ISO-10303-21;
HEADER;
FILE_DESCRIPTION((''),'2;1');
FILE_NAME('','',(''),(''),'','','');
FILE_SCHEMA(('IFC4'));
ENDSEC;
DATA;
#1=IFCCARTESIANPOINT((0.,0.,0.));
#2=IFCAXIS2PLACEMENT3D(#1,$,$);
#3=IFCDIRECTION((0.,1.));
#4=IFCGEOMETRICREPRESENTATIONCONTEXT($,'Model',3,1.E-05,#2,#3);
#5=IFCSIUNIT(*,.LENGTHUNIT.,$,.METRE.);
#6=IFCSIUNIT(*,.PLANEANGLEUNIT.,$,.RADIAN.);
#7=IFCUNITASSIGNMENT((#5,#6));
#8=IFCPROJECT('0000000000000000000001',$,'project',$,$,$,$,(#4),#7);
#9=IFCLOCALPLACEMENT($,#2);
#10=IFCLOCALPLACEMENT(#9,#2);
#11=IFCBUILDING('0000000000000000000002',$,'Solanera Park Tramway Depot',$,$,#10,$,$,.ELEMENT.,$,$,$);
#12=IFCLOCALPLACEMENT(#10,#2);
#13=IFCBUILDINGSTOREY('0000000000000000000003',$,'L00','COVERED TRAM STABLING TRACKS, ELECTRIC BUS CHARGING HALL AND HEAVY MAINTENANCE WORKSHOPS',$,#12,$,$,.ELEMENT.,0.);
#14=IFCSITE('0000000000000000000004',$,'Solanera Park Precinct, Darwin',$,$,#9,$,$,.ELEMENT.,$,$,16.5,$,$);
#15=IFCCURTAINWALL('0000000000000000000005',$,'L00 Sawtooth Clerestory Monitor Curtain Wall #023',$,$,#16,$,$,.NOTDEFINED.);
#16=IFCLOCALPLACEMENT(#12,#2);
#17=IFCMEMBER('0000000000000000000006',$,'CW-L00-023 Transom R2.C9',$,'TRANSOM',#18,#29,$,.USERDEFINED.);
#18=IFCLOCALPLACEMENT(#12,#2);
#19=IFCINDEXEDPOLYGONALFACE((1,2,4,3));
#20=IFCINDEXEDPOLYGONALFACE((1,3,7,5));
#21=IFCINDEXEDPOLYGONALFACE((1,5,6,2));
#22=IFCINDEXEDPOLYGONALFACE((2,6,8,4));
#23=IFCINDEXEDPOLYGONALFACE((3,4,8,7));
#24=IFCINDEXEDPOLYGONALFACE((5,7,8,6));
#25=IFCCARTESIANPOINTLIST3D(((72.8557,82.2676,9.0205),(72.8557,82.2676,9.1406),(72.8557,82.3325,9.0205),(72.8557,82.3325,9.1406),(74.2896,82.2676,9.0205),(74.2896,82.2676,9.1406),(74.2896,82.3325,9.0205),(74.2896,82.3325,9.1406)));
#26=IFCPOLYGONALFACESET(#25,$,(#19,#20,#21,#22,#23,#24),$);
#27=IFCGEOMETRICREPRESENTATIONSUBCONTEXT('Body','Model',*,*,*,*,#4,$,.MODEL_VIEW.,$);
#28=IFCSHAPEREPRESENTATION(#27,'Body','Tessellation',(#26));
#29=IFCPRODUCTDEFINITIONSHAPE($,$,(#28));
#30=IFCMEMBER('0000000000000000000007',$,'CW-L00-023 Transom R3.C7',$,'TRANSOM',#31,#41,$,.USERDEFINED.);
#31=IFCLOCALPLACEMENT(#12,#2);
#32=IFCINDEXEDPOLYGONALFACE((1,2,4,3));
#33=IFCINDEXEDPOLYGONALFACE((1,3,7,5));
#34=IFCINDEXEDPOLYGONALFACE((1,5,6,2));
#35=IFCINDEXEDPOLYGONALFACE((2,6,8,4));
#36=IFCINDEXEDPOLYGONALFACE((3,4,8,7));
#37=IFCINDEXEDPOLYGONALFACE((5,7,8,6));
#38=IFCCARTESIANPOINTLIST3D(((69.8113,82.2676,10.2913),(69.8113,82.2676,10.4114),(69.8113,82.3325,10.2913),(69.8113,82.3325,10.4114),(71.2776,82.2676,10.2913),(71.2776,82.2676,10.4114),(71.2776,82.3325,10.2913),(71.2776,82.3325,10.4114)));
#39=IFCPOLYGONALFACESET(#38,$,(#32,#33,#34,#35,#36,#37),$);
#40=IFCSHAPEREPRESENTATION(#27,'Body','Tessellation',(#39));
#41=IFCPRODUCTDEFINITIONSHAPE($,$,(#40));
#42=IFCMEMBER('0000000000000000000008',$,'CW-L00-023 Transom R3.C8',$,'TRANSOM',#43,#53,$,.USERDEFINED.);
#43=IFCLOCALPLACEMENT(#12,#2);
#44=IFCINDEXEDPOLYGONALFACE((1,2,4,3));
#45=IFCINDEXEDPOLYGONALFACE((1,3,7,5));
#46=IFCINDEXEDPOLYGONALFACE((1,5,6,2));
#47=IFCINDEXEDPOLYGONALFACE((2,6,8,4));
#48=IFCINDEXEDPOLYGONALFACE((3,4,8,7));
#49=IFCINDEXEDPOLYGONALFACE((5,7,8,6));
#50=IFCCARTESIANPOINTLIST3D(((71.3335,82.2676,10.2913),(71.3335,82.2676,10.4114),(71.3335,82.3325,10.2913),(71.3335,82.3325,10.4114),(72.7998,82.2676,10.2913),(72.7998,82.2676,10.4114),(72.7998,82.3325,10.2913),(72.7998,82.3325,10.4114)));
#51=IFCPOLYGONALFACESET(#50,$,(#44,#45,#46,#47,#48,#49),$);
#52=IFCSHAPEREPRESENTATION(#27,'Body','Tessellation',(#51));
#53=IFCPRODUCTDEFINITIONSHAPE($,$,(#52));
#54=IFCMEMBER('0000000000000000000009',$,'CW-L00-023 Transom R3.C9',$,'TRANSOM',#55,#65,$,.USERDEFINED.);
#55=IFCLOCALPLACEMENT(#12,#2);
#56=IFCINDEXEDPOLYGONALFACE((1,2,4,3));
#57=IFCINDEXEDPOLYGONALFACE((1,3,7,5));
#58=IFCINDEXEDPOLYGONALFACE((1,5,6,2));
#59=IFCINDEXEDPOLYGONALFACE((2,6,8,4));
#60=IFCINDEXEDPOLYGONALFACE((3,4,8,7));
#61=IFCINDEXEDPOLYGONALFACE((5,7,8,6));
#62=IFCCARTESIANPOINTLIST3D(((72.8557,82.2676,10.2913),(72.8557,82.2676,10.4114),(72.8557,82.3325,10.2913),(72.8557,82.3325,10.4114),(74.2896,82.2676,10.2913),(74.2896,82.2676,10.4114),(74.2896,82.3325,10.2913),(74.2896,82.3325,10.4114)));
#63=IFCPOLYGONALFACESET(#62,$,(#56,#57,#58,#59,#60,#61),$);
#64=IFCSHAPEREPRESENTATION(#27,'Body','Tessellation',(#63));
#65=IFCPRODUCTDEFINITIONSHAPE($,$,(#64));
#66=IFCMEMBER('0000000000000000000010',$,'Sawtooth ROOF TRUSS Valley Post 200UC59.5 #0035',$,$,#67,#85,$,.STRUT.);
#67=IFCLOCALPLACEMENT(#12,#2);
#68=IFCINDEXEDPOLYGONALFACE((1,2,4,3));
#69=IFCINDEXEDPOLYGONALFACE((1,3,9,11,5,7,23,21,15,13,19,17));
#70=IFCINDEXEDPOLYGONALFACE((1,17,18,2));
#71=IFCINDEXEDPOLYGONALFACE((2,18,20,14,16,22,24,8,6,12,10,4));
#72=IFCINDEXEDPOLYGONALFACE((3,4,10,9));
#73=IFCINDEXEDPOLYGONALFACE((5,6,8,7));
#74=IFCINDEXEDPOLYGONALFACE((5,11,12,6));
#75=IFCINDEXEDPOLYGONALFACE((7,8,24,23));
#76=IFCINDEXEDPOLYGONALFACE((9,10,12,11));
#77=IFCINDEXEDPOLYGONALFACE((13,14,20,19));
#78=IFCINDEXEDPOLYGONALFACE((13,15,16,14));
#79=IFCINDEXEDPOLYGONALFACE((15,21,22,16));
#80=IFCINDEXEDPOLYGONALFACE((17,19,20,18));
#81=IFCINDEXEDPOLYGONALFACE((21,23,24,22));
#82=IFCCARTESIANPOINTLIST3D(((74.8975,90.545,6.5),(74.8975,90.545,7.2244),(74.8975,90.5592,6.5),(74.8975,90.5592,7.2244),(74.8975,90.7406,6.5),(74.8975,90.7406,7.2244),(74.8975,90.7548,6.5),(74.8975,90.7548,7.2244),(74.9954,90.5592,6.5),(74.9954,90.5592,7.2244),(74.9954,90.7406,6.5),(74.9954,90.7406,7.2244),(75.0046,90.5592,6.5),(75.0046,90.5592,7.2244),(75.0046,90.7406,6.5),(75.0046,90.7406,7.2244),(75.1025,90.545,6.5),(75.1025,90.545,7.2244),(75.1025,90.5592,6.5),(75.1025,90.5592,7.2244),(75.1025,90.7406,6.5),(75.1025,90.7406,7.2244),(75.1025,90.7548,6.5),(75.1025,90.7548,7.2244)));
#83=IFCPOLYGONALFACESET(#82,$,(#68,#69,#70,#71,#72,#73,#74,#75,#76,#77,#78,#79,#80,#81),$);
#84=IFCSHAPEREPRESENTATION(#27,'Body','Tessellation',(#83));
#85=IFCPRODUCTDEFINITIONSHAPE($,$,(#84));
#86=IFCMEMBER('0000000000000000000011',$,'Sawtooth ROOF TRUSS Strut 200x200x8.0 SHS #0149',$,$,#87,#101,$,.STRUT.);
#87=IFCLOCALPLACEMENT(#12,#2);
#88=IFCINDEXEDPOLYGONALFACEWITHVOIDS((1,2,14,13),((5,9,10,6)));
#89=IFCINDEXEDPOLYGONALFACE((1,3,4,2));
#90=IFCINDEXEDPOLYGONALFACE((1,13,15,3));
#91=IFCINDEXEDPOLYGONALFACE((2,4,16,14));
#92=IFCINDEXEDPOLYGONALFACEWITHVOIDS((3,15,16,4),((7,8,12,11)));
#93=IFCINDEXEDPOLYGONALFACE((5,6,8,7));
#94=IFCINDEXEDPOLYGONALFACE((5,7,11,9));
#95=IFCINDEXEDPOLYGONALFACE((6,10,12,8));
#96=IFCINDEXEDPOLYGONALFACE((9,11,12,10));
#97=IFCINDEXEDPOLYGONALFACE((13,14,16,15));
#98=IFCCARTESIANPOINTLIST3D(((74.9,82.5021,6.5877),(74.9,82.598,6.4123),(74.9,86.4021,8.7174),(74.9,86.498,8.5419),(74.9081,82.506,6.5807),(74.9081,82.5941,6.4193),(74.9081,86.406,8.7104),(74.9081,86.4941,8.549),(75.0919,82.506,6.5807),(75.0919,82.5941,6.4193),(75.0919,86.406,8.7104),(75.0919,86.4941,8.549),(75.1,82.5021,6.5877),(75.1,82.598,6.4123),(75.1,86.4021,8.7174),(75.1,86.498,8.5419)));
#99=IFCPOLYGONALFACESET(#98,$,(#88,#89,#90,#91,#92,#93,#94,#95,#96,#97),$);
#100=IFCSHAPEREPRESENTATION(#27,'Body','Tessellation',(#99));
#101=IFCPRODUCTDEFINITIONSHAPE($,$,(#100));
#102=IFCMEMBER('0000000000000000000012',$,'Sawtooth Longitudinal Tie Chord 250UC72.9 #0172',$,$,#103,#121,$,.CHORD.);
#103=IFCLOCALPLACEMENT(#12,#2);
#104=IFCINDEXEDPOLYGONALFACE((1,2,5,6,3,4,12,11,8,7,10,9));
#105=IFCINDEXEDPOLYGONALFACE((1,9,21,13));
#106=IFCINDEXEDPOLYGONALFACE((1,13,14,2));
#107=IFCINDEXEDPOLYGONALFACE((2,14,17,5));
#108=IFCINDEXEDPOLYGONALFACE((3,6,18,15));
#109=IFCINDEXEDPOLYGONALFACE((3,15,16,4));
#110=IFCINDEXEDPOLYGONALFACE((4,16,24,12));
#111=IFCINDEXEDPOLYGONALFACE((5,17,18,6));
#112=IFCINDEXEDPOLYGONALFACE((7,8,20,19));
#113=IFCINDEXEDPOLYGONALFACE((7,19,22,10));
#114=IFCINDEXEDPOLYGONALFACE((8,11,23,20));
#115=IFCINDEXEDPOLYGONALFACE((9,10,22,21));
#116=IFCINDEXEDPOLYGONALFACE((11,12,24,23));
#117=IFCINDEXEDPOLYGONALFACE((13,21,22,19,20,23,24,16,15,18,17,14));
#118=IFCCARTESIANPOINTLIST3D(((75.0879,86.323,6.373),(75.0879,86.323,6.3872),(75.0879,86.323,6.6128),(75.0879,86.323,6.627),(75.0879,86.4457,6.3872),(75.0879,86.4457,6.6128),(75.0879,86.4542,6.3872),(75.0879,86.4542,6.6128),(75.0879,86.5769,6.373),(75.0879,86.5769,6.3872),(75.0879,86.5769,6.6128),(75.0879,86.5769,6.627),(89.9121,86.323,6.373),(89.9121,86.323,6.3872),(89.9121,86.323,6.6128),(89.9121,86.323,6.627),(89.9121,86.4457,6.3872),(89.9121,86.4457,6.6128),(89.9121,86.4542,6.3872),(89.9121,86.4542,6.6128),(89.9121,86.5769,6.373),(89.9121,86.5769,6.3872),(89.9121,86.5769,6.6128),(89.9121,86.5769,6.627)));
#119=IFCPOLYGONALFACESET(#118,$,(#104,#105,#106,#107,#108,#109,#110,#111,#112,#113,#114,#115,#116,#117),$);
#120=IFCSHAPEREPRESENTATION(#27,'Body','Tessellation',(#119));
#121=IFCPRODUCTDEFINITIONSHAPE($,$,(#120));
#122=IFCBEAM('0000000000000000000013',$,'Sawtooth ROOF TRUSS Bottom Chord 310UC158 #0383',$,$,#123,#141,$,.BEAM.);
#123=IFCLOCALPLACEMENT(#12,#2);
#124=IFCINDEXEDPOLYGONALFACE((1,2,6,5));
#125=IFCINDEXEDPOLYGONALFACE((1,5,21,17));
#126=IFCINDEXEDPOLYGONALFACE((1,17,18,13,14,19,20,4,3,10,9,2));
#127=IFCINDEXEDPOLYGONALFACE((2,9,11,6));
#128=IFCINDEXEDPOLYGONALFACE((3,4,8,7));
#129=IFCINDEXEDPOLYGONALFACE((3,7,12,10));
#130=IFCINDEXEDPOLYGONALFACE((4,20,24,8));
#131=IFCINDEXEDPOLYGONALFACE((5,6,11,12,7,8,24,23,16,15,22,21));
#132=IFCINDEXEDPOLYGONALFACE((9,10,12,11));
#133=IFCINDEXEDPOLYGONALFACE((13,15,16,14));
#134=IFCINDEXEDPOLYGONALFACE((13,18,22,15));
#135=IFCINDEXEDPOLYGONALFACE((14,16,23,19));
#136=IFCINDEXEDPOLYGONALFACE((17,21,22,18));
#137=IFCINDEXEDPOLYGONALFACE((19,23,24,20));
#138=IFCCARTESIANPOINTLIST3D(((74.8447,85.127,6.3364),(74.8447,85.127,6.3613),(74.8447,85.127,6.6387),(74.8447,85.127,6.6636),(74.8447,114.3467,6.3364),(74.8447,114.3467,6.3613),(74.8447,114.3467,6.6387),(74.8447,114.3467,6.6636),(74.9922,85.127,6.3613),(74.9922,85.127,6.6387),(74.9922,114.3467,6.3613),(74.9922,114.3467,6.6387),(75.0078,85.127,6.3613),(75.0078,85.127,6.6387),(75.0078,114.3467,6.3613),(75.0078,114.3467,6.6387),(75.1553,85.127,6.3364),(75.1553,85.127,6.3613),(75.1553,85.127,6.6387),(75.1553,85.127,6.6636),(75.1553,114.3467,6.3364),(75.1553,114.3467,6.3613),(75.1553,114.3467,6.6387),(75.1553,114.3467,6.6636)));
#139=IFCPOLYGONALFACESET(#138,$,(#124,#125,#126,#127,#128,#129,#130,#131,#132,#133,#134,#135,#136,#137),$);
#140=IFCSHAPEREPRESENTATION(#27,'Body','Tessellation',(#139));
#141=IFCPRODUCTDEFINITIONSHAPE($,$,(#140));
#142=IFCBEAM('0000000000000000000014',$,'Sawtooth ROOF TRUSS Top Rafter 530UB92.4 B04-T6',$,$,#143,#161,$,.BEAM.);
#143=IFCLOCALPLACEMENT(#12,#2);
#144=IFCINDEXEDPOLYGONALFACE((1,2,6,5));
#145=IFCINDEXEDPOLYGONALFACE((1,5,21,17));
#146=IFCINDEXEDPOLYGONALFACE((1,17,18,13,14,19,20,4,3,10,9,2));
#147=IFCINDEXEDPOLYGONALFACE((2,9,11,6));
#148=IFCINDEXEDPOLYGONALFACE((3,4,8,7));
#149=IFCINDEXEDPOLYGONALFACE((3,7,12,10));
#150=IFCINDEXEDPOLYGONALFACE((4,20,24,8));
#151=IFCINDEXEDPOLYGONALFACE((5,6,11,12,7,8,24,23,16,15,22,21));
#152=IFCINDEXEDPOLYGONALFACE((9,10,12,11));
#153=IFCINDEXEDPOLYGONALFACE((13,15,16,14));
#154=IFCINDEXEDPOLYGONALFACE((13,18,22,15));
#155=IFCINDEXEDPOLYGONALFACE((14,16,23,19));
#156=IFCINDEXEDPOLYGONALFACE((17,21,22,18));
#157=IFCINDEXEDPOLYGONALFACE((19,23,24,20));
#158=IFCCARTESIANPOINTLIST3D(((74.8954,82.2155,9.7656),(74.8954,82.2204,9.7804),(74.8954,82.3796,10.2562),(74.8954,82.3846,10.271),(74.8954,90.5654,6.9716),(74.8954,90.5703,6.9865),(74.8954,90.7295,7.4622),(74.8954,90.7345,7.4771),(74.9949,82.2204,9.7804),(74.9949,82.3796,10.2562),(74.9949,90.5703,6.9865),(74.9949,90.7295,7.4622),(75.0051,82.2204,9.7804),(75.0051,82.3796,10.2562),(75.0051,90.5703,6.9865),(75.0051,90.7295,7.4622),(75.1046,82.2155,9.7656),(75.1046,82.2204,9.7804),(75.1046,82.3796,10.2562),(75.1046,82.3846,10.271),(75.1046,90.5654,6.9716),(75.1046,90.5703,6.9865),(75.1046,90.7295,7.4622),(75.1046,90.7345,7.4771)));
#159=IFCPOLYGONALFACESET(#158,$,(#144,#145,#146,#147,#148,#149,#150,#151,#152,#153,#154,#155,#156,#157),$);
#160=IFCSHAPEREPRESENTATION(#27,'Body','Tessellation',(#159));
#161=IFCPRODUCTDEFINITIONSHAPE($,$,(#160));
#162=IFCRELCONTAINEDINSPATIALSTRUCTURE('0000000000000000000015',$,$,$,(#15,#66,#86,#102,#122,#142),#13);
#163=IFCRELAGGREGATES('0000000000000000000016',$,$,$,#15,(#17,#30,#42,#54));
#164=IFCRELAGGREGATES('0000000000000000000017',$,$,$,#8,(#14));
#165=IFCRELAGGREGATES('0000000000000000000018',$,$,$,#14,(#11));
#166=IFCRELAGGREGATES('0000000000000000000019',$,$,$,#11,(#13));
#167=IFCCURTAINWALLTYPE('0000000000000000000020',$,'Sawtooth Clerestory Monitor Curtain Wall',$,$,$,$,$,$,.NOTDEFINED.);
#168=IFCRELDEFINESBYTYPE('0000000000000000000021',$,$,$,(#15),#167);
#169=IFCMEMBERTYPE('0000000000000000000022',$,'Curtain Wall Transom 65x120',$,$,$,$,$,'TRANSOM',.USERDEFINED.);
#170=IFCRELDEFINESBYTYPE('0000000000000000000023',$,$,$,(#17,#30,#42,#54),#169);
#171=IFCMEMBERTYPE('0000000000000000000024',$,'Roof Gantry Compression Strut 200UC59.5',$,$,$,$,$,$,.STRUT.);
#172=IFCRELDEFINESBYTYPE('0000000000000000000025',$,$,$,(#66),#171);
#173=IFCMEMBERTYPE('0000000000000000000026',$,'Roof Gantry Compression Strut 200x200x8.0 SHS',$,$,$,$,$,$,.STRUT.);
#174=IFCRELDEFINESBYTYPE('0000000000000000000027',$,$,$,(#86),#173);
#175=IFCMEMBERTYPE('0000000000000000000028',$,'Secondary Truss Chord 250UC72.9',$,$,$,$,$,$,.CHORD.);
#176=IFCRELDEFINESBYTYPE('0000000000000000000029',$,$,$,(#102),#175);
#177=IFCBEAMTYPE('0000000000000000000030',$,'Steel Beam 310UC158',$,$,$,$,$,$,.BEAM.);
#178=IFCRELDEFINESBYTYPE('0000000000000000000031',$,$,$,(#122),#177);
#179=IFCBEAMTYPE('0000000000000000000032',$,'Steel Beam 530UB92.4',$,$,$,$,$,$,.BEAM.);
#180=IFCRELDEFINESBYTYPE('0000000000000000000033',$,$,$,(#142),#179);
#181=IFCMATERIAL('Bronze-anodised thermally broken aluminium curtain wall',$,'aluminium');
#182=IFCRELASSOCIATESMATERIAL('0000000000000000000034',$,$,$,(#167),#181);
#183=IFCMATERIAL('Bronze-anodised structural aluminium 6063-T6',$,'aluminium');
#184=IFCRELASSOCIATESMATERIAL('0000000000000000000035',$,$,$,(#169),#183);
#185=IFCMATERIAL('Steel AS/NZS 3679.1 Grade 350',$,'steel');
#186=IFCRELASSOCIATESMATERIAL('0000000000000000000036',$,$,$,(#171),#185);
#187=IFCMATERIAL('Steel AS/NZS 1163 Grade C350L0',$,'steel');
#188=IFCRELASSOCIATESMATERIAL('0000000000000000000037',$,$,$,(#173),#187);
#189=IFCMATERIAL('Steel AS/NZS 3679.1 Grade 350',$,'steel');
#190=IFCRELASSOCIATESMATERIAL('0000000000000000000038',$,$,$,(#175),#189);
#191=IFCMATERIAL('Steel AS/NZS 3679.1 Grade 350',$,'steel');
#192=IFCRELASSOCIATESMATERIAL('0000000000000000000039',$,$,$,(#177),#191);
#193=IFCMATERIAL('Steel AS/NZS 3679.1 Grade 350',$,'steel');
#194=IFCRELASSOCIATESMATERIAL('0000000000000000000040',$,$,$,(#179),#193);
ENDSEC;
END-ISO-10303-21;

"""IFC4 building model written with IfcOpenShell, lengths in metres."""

from ifc_helpers import new_model, si_unit, direction, frame, origin, origin_2d, place, context, subcontext, project, spatial, rectangle, hollow_rectangle, i_section, extrude, material, material_profile, profile_set, type_object, element, aggregate, save


model = new_model("IFC4")

# Units and contexts
model_context = context("Model", 3, precision=1e-05, world=origin(), true_north=direction((0.0, 1.0)))
body_context = subcontext(model_context, "Body", "Model", "MODEL_VIEW")
ifc_project = project(units=[si_unit("LENGTHUNIT", "METRE"), si_unit("PLANEANGLEUNIT", "RADIAN")], contexts=[model_context])

# Site, building, storey
site_placement = place(None, origin())
site = spatial("IfcSite", under=ifc_project, at=site_placement, Name="Solanera Park Precinct, Darwin", CompositionType="ELEMENT", RefElevation=16.5)
building_placement = place(site_placement, origin())
building = spatial("IfcBuilding", under=site, at=building_placement, Name="Solanera Park Tramway Depot", CompositionType="ELEMENT")
storey_placement = place(building_placement, origin())
storey = spatial("IfcBuildingStorey", under=building, at=storey_placement, Name="L00", Description="COVERED TRAM STABLING TRACKS, ELECTRIC BUS CHARGING HALL AND HEAVY MAINTENANCE WORKSHOPS", CompositionType="ELEMENT", Elevation=0.0)

# Curtain wall, members
ifc_material_1 = material(Name="Bronze-anodised thermally broken aluminium curtain wall", Category="aluminium")
curtain_wall_type = type_object("IfcCurtainWallType", Name="Sawtooth Clerestory Monitor Curtain Wall", PredefinedType="NOTDEFINED", material=ifc_material_1)
curtain_wall_placement = place(storey_placement, origin())
curtain_wall = element("IfcCurtainWall", 1, at=curtain_wall_placement, inside=storey, type_object=curtain_wall_type, Name="L00 Sawtooth Clerestory Monitor Curtain Wall #023", PredefinedType="NOTDEFINED")
ifc_material_2 = material(Name="Bronze-anodised structural aluminium 6063-T6", Category="aluminium")
ifc_material_profile_1 = material_profile(ifc_material_2, rectangle(XDim=0.0649, YDim=0.1201, at=origin_2d()), Name="Curtain Wall Transom 65x120")
ifc_profile_set_1 = profile_set([ifc_material_profile_1], Name="Bronze-anodised structural aluminium 6063-T6")
member_type_1 = type_object("IfcMemberType", Name="Curtain Wall Transom 65x120", ElementType="TRANSOM", PredefinedType="USERDEFINED", material=ifc_profile_set_1)
member_1_placement = place(storey_placement, frame((72.8557, 82.3, 9.0806), z_axis=(1.0, 0.0, 0.0), x_axis=(0.0, 1.0, 0.0)))
member_1 = element("IfcMember", 2, at=member_1_placement, type_object=member_type_1, Name="CW-L00-023 Transom R2.C9", ObjectType="TRANSOM", PredefinedType="USERDEFINED", context=body_context, shape_type="SweptSolid", body=[
    extrude(rectangle(XDim=0.0649, YDim=0.1201, at=origin_2d()), origin(), (0.0, 0.0, 1.0), 1.4338),
])
member_2_placement = place(storey_placement, frame((69.8113, 82.3, 10.3513), z_axis=(1.0, 0.0, 0.0), x_axis=(0.0, 1.0, 0.0)))
member_2 = element("IfcMember", 3, at=member_2_placement, type_object=member_type_1, Name="CW-L00-023 Transom R3.C7", ObjectType="TRANSOM", PredefinedType="USERDEFINED", context=body_context, shape_type="SweptSolid", body=[
    extrude(rectangle(XDim=0.0649, YDim=0.1201, at=origin_2d()), origin(), (0.0, 0.0, 1.0), 1.4663),
])
member_3_placement = place(storey_placement, frame((71.3335, 82.3, 10.3513), z_axis=(1.0, 0.0, 0.0), x_axis=(0.0, 1.0, 0.0)))
member_3 = element("IfcMember", 4, at=member_3_placement, type_object=member_type_1, Name="CW-L00-023 Transom R3.C8", ObjectType="TRANSOM", PredefinedType="USERDEFINED", context=body_context, shape_type="SweptSolid", body=[
    extrude(rectangle(XDim=0.0649, YDim=0.1201, at=origin_2d()), origin(), (0.0, 0.0, 1.0), 1.4663),
])
member_4_placement = place(storey_placement, frame((72.8557, 82.3, 10.3513), z_axis=(1.0, 0.0, 0.0), x_axis=(0.0, 1.0, 0.0)))
member_4 = element("IfcMember", 5, at=member_4_placement, type_object=member_type_1, Name="CW-L00-023 Transom R3.C9", ObjectType="TRANSOM", PredefinedType="USERDEFINED", context=body_context, shape_type="SweptSolid", body=[
    extrude(rectangle(XDim=0.0649, YDim=0.1201, at=origin_2d()), origin(), (0.0, 0.0, 1.0), 1.4338),
])

# Members
ifc_material_3 = material(Name="Steel AS/NZS 3679.1 Grade 350", Category="steel")
ifc_material_profile_2 = material_profile(ifc_material_3, i_section(OverallWidth=0.2051, OverallDepth=0.2097, WebThickness=0.0093, FlangeThickness=0.0142, at=origin_2d()), Name="200UC59.5")
ifc_profile_set_2 = profile_set([ifc_material_profile_2], Name="Steel AS/NZS 3679.1 Grade 350")
member_type_2 = type_object("IfcMemberType", Name="Roof Gantry Compression Strut 200UC59.5", PredefinedType="STRUT", material=ifc_profile_set_2)
member_5_placement = place(storey_placement, frame((75.0, 90.6499, 6.5), z_axis=(0.0, 0.0, 1.0), x_axis=(1.0, 0.0, 0.0)))
element("IfcMember", 6, at=member_5_placement, inside=storey, type_object=member_type_2, Name="Sawtooth ROOF TRUSS Valley Post 200UC59.5 #0035", PredefinedType="STRUT", context=body_context, shape_type="SweptSolid", body=[
    extrude(i_section(OverallWidth=0.2051, OverallDepth=0.2097, WebThickness=0.0093, FlangeThickness=0.0142, at=origin_2d()), origin(), (0.0, 0.0, 1.0), 0.7244),
])
ifc_material_4 = material(Name="Steel AS/NZS 1163 Grade C350L0", Category="steel")
ifc_material_profile_3 = material_profile(ifc_material_4, hollow_rectangle(XDim=0.2, YDim=0.2, WallThickness=0.0081, at=origin_2d()), Name="200x200x8.0 SHS")
ifc_profile_set_3 = profile_set([ifc_material_profile_3], Name="Steel AS/NZS 1163 Grade C350L0")
member_type_3 = type_object("IfcMemberType", Name="Roof Gantry Compression Strut 200x200x8.0 SHS", PredefinedType="STRUT", material=ifc_profile_set_3)
member_6_placement = place(storey_placement, frame((75.0, 82.55, 6.5), z_axis=(0.0, 0.877667, 0.479272), x_axis=(-1.0, 0.0, 0.0)))
element("IfcMember", 7, at=member_6_placement, inside=storey, type_object=member_type_3, Name="Sawtooth ROOF TRUSS Strut 200x200x8.0 SHS #0149", PredefinedType="STRUT", context=body_context, shape_type="SweptSolid", body=[
    extrude(hollow_rectangle(XDim=0.2, YDim=0.2, WallThickness=0.0081, at=origin_2d()), origin(), (0.0, 0.0, 1.0), 4.4436),
])
ifc_material_5 = material(Name="Steel AS/NZS 3679.1 Grade 350", Category="steel")
ifc_material_profile_4 = material_profile(ifc_material_5, i_section(OverallWidth=0.2539, OverallDepth=0.2539, WebThickness=0.0085, FlangeThickness=0.0142, at=origin_2d()), Name="250UC72.9")
ifc_profile_set_4 = profile_set([ifc_material_profile_4], Name="Steel AS/NZS 3679.1 Grade 350")
member_type_4 = type_object("IfcMemberType", Name="Secondary Truss Chord 250UC72.9", PredefinedType="CHORD", material=ifc_profile_set_4)
member_7_placement = place(storey_placement, frame((75.0879, 86.45, 6.5), z_axis=(1.0, 0.0, 0.0), x_axis=(0.0, 1.0, 0.0)))
element("IfcMember", 8, at=member_7_placement, inside=storey, type_object=member_type_4, Name="Sawtooth Longitudinal Tie Chord 250UC72.9 #0172", PredefinedType="CHORD", context=body_context, shape_type="SweptSolid", body=[
    extrude(i_section(OverallWidth=0.2539, OverallDepth=0.2539, WebThickness=0.0085, FlangeThickness=0.0142, at=origin_2d()), origin(), (0.0, 0.0, 1.0), 14.8242),
])

# Beams
ifc_material_6 = material(Name="Steel AS/NZS 3679.1 Grade 350", Category="steel")
ifc_material_profile_5 = material_profile(ifc_material_6, i_section(OverallWidth=0.3105, OverallDepth=0.3271, WebThickness=0.0156, FlangeThickness=0.0249, at=origin_2d()), Name="310UC158")
ifc_profile_set_5 = profile_set([ifc_material_profile_5], Name="Steel AS/NZS 3679.1 Grade 350")
beam_type_1 = type_object("IfcBeamType", Name="Steel Beam 310UC158", PredefinedType="BEAM", material=ifc_profile_set_5)
beam_1_placement = place(storey_placement, frame((75.0, 85.127, 6.5), z_axis=(0.0, 1.0, 0.0), x_axis=(-1.0, 0.0, 0.0)))
element("IfcBeam", 9, at=beam_1_placement, inside=storey, type_object=beam_type_1, Name="Sawtooth ROOF TRUSS Bottom Chord 310UC158 #0383", PredefinedType="BEAM", context=body_context, shape_type="SweptSolid", body=[
    extrude(i_section(OverallWidth=0.3105, OverallDepth=0.3271, WebThickness=0.0156, FlangeThickness=0.0249, at=origin_2d()), origin(), (0.0, 0.0, 1.0), 29.2197),
])
ifc_material_7 = material(Name="Steel AS/NZS 3679.1 Grade 350", Category="steel")
ifc_material_profile_6 = material_profile(ifc_material_7, i_section(OverallWidth=0.2092, OverallDepth=0.533, WebThickness=0.0103, FlangeThickness=0.0156, at=origin_2d()), Name="530UB92.4")
ifc_profile_set_6 = profile_set([ifc_material_profile_6], Name="Steel AS/NZS 3679.1 Grade 350")
beam_type_2 = type_object("IfcBeamType", Name="Steel Beam 530UB92.4", PredefinedType="BEAM", material=ifc_profile_set_6)
beam_2_placement = place(storey_placement, frame((75.0, 82.3, 10.0183), z_axis=(0.0, 0.948319, -0.317317), x_axis=(-1.0, 0.0, 0.0)))
element("IfcBeam", 10, at=beam_2_placement, inside=storey, type_object=beam_type_2, Name="Sawtooth ROOF TRUSS Top Rafter 530UB92.4 B04-T6", PredefinedType="BEAM", context=body_context, shape_type="SweptSolid", body=[
    extrude(i_section(OverallWidth=0.2092, OverallDepth=0.533, WebThickness=0.0103, FlangeThickness=0.0156, at=origin_2d()), origin(), (0.0, 0.0, 1.0), 8.8049),
])

aggregate(curtain_wall, [member_1, member_2, member_3, member_4])

save(model, "model.ifc")
